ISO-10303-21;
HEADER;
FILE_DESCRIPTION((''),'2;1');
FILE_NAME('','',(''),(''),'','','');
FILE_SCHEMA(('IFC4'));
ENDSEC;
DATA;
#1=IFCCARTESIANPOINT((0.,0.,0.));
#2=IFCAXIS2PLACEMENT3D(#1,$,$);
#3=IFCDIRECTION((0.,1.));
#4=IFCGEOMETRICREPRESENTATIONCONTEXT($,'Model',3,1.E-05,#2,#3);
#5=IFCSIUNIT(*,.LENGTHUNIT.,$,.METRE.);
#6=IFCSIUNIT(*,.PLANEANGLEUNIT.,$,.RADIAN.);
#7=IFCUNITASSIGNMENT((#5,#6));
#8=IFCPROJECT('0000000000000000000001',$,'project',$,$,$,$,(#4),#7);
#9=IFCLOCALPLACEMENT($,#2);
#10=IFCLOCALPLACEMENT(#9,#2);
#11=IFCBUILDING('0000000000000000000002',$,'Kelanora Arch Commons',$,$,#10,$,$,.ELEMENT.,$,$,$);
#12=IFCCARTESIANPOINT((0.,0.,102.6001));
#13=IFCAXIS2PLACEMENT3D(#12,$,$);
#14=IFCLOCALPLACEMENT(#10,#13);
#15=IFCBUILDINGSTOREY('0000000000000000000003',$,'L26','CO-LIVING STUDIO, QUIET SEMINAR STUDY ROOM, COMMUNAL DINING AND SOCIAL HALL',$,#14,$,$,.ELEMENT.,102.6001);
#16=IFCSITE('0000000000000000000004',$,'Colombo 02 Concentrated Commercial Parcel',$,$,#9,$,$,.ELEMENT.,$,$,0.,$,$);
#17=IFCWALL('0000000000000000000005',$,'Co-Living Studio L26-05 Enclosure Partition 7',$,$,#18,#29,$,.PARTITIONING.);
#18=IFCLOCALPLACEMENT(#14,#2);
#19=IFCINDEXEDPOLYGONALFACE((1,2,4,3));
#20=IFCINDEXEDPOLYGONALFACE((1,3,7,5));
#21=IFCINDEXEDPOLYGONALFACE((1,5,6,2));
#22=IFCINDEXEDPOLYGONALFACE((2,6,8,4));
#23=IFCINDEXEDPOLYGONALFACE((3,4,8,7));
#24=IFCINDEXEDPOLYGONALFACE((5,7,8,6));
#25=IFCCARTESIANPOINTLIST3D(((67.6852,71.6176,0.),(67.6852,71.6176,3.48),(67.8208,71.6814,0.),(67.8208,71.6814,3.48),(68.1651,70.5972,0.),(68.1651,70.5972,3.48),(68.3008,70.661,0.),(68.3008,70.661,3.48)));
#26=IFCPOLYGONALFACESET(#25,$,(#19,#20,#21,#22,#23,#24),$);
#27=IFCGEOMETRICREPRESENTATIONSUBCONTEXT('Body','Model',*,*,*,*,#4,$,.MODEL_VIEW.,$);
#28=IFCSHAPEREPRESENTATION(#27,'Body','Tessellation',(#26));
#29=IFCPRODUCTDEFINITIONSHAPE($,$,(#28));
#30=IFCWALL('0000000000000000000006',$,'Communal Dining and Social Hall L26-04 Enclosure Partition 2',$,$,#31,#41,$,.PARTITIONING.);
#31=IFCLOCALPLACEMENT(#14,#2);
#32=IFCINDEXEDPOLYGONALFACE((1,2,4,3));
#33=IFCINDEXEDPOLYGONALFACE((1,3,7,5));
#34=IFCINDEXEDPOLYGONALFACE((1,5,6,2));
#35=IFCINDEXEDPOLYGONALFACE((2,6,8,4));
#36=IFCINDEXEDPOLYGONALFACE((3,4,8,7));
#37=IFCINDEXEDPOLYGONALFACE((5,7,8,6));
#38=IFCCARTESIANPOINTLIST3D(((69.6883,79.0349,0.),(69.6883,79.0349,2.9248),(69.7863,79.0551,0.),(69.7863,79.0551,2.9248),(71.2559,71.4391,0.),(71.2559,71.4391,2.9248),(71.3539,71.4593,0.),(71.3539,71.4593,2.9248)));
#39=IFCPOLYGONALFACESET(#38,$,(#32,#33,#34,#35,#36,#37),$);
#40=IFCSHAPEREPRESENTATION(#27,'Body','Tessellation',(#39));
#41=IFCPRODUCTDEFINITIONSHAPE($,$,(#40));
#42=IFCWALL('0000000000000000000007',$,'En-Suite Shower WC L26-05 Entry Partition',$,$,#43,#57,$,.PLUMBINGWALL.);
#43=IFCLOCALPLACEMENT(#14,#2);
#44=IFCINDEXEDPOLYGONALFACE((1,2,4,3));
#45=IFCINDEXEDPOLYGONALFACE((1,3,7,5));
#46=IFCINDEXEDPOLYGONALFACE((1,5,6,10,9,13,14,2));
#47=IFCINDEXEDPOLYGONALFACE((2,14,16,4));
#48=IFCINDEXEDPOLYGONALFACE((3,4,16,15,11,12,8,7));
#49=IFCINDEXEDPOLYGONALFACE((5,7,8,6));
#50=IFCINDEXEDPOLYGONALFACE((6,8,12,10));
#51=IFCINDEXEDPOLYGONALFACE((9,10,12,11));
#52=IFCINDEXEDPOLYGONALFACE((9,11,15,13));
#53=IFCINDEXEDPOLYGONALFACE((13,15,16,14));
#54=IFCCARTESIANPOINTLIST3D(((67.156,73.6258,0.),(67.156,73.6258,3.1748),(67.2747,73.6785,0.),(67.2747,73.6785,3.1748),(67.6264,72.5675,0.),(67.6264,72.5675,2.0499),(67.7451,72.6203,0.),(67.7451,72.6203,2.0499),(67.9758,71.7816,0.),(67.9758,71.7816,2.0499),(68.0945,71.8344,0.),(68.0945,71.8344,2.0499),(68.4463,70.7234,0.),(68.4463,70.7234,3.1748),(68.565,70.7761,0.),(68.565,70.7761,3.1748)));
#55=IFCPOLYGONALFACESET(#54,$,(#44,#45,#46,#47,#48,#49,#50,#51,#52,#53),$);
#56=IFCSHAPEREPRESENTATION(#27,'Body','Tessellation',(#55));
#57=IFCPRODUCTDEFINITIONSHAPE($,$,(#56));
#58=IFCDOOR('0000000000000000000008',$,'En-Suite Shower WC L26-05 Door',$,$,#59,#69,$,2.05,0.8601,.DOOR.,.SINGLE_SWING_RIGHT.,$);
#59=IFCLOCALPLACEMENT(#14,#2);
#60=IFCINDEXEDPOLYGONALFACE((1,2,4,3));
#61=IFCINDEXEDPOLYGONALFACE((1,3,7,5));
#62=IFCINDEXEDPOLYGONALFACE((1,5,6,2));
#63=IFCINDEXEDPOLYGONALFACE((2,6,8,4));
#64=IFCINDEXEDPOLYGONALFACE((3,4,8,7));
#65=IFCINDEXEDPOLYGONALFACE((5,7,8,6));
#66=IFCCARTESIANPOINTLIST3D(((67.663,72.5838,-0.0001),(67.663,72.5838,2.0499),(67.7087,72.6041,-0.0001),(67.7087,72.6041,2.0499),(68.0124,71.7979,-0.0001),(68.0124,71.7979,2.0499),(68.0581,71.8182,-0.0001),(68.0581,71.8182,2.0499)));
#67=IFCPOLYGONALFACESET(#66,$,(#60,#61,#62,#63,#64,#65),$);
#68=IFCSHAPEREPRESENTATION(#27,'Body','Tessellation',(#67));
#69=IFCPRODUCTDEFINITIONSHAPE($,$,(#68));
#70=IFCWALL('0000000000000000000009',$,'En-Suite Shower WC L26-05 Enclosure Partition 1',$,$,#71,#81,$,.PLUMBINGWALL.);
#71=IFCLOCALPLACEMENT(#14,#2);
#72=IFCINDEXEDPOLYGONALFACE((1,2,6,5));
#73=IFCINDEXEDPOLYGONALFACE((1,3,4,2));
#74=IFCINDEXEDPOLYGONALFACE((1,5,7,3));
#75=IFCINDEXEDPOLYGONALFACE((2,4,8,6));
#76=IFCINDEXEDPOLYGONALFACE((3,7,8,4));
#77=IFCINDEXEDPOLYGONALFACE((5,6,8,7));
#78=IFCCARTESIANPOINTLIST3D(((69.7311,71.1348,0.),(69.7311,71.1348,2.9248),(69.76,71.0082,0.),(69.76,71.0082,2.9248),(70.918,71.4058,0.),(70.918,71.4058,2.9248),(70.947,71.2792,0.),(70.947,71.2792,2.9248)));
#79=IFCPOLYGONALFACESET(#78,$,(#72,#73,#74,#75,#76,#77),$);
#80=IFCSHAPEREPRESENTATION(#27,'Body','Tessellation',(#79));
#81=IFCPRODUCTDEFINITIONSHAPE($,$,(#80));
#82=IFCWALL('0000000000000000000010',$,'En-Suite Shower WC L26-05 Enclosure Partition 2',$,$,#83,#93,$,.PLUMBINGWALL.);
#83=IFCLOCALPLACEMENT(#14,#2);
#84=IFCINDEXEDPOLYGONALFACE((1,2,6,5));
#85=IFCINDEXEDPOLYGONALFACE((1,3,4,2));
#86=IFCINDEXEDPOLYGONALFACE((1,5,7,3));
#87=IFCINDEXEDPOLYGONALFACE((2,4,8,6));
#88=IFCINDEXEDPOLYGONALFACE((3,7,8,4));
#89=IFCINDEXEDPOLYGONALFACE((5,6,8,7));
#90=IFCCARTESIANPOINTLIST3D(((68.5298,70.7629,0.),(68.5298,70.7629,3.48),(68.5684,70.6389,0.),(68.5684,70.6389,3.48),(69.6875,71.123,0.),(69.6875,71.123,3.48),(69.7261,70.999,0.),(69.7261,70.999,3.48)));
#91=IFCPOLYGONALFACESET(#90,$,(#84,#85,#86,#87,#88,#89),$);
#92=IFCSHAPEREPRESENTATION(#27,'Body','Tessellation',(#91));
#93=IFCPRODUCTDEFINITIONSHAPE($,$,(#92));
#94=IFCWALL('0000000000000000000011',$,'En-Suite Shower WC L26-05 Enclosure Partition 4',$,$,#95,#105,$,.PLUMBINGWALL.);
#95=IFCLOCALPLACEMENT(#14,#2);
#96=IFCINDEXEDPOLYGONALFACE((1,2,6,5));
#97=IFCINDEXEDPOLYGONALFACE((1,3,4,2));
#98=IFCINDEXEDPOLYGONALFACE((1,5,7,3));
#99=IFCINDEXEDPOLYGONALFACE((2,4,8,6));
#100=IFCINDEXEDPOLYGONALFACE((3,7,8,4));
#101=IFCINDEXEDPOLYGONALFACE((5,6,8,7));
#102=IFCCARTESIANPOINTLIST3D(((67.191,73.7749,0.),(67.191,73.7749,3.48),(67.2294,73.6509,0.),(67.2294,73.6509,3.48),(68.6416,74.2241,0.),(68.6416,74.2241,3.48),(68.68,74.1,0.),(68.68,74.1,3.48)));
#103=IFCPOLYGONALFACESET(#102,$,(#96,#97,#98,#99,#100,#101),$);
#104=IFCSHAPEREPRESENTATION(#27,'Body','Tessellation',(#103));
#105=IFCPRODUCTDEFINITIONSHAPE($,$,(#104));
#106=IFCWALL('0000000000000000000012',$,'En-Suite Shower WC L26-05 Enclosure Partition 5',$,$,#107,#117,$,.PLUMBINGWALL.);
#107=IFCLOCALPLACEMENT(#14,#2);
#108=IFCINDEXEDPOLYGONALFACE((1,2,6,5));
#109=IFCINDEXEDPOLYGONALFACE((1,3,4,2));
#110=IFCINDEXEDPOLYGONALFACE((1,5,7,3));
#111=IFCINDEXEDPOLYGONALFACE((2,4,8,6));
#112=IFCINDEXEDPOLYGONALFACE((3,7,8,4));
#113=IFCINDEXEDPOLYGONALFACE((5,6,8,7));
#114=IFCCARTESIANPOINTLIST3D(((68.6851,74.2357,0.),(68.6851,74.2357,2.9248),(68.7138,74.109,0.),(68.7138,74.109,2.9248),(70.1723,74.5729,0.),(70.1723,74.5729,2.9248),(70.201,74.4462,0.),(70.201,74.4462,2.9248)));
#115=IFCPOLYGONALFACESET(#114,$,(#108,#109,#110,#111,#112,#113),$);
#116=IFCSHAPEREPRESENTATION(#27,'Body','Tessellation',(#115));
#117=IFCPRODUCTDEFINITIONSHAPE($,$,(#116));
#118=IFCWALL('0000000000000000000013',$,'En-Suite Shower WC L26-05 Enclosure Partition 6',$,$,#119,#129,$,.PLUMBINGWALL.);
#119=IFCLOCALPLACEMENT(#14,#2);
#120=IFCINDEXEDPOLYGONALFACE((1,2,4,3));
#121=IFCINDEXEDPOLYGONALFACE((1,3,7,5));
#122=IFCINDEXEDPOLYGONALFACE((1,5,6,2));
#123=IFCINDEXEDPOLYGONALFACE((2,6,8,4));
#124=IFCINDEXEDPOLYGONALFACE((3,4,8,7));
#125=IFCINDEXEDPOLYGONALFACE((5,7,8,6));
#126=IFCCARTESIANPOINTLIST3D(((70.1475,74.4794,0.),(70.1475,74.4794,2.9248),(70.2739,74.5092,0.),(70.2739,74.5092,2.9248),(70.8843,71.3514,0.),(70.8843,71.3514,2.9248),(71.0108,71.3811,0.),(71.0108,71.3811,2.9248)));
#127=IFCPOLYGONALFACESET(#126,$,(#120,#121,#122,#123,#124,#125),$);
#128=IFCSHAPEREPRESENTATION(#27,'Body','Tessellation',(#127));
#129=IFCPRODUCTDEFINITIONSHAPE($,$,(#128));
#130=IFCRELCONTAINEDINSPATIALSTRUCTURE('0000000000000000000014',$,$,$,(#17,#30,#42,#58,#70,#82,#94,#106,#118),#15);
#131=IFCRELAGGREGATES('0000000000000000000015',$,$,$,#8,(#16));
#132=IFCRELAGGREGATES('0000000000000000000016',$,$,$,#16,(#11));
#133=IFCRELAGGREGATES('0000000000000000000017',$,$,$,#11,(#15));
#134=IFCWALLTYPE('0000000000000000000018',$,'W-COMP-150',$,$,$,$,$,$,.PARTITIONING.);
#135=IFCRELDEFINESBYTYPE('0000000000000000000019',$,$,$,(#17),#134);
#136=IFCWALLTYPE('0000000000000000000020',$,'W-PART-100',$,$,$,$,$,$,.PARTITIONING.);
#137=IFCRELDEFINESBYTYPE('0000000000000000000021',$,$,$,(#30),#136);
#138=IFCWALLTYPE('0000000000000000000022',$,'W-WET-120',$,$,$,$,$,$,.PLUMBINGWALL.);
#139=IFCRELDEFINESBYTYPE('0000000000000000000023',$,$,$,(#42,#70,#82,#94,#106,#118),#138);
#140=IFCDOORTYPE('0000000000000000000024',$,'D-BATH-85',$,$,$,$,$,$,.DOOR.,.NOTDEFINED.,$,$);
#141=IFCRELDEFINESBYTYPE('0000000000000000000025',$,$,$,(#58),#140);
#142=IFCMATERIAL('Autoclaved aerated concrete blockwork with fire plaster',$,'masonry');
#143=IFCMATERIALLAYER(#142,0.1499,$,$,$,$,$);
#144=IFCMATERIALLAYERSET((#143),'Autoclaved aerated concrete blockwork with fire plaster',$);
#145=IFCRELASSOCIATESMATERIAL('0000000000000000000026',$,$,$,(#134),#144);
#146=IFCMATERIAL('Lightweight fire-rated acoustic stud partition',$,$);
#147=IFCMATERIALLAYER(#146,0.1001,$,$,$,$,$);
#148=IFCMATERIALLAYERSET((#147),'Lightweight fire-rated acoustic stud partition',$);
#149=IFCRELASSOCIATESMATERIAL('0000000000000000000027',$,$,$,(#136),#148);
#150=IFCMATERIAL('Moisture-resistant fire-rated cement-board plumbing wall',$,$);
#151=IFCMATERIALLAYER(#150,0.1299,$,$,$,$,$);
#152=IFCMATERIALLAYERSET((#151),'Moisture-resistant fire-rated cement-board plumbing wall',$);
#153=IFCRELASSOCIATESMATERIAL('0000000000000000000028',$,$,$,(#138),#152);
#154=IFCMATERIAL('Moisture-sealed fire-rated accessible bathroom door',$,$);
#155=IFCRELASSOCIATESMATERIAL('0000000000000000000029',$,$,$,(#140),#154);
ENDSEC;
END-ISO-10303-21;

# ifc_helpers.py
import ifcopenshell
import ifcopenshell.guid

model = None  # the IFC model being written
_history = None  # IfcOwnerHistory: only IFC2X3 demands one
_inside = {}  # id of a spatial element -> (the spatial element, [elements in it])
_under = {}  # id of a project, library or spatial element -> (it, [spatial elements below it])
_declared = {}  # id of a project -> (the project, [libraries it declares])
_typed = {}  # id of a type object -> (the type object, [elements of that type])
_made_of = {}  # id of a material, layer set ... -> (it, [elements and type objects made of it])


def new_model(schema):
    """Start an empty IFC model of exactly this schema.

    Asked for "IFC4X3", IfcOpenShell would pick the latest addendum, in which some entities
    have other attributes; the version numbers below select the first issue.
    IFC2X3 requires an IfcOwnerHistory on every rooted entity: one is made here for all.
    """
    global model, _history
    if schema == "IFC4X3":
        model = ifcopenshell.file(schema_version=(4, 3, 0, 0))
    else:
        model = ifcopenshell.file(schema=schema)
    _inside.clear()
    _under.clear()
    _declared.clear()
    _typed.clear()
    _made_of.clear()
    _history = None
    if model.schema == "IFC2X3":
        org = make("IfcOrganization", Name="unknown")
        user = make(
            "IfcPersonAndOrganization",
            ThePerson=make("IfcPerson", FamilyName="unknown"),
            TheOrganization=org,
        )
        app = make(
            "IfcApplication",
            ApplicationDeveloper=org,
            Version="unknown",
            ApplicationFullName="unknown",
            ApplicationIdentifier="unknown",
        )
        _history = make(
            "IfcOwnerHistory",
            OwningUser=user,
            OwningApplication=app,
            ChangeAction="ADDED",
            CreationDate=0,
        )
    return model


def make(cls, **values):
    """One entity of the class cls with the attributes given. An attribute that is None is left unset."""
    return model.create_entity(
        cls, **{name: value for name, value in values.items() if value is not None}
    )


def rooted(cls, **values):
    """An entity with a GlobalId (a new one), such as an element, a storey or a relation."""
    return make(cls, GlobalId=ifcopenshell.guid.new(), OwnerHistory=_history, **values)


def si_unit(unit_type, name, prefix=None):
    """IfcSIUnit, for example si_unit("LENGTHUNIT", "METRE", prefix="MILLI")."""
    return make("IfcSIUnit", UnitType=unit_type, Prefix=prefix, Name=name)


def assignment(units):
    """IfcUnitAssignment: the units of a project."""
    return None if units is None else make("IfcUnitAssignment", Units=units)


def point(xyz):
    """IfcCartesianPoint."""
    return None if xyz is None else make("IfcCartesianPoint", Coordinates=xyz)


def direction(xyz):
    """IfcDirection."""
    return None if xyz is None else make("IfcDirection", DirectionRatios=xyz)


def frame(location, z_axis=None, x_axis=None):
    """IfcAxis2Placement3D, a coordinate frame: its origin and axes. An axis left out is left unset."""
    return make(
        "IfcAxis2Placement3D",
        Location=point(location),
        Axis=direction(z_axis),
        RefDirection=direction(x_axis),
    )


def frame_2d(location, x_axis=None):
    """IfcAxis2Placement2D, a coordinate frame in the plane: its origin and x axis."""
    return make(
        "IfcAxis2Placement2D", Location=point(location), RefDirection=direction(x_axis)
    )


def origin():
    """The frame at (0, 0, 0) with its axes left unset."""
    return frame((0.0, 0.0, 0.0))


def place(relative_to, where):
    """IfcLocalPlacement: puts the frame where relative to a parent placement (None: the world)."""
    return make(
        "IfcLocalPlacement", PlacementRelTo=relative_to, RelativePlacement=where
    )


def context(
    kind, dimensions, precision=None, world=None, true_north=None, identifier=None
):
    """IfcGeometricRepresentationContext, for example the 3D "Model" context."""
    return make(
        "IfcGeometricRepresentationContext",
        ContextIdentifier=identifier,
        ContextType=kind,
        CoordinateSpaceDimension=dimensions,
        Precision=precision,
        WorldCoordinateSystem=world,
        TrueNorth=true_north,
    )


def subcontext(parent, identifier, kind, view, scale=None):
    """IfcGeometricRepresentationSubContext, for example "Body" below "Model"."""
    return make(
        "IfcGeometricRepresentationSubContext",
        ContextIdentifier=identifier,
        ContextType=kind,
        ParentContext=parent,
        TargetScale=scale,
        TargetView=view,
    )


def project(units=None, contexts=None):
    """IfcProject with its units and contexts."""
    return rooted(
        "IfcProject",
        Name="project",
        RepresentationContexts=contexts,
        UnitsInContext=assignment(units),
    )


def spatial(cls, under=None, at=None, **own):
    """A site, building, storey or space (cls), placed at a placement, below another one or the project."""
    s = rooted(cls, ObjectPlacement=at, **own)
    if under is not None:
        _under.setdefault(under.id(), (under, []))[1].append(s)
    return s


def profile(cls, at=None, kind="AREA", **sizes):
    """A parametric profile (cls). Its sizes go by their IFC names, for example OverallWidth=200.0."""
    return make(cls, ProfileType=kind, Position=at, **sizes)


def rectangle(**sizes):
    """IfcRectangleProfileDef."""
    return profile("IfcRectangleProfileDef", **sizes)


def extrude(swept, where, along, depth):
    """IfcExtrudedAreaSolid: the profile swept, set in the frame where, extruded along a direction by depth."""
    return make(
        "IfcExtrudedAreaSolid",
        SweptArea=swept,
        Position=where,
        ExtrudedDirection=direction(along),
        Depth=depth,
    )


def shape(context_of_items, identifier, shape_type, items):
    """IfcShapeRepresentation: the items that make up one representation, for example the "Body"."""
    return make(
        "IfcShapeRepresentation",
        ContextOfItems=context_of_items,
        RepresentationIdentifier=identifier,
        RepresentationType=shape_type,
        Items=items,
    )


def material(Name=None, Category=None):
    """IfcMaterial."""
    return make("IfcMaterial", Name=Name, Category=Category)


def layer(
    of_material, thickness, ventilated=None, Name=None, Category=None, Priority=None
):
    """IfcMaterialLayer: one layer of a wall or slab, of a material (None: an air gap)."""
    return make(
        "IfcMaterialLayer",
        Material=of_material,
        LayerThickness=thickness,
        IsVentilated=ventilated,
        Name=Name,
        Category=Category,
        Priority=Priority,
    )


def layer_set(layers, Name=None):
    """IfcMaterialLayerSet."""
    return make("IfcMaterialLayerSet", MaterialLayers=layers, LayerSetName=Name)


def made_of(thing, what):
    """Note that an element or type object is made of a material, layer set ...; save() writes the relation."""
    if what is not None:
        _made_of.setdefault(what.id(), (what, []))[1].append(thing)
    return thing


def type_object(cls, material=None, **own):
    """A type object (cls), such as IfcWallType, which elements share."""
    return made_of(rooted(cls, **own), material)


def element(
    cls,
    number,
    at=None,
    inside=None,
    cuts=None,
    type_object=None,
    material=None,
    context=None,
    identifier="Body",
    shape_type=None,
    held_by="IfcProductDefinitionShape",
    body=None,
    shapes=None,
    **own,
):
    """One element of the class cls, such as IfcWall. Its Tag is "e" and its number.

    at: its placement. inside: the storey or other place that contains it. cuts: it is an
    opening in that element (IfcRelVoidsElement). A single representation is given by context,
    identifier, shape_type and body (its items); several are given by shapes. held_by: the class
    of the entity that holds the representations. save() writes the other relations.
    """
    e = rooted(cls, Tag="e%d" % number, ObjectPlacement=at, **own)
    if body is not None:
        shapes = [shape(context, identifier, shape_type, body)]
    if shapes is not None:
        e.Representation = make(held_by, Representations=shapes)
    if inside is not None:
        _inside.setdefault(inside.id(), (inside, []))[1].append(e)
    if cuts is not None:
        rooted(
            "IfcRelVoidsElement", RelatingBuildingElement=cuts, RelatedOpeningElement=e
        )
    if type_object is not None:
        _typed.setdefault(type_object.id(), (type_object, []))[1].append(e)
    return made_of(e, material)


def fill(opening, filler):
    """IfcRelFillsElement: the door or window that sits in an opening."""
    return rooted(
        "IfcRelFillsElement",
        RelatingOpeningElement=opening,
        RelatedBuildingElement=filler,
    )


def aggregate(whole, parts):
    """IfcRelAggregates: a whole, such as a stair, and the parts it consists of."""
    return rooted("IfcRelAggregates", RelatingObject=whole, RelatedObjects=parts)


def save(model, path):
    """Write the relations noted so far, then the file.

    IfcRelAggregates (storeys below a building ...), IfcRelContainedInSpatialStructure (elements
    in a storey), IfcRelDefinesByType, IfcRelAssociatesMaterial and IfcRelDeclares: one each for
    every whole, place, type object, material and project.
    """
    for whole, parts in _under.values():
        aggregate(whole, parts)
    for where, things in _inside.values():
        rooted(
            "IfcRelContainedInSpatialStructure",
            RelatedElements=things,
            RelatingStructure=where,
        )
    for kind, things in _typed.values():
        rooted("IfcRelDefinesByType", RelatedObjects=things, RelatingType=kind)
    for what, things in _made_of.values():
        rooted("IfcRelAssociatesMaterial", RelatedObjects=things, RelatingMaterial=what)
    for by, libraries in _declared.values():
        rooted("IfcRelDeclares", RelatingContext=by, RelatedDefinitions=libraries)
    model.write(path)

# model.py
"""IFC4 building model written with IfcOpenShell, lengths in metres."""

from ifc_helpers import new_model, si_unit, direction, frame, frame_2d, origin, place, context, subcontext, project, spatial, rectangle, extrude, material, layer, layer_set, type_object, element, fill, save


model = new_model("IFC4")

# Units and contexts
model_context = context("Model", 3, precision=1e-05, world=origin(), true_north=direction((0.0, 1.0)))
body_context = subcontext(model_context, "Body", "Model", "MODEL_VIEW")
ifc_project = project(units=[si_unit("LENGTHUNIT", "METRE"), si_unit("PLANEANGLEUNIT", "RADIAN")], contexts=[model_context])

# Site, building, storey
site_placement = place(None, origin())
site = spatial("IfcSite", under=ifc_project, at=site_placement, Name="Colombo 02 Concentrated Commercial Parcel", CompositionType="ELEMENT", RefElevation=0.0)
building_placement = place(site_placement, origin())
building = spatial("IfcBuilding", under=site, at=building_placement, Name="Kelanora Arch Commons", CompositionType="ELEMENT")
storey_placement = place(building_placement, frame((0.0, 0.0, 102.6001)))
storey = spatial("IfcBuildingStorey", under=building, at=storey_placement, Name="L26", Description="CO-LIVING STUDIO, QUIET SEMINAR STUDY ROOM, COMMUNAL DINING AND SOCIAL HALL", CompositionType="ELEMENT", Elevation=102.6001)

# Walls
ifc_material_1 = material(Name="Autoclaved aerated concrete blockwork with fire plaster", Category="masonry")
ifc_layer_1 = layer(ifc_material_1, 0.1499)
ifc_layer_set_1 = layer_set([ifc_layer_1], Name="Autoclaved aerated concrete blockwork with fire plaster")
wall_type_1 = type_object("IfcWallType", Name="W-COMP-150", PredefinedType="PARTITIONING", material=ifc_layer_set_1)
wall_1_placement = place(storey_placement, frame((67.7529, 71.6497, 0.0), z_axis=(0.0, 0.0, 1.0), x_axis=(0.425609, -0.904907, 0.0)))
element("IfcWall", 1, at=wall_1_placement, inside=storey, type_object=wall_type_1, Name="Co-Living Studio L26-05 Enclosure Partition 7", PredefinedType="PARTITIONING", context=body_context, shape_type="SweptSolid", body=[
    extrude(rectangle(XDim=1.1277, YDim=0.1499, at=frame_2d((0.564, 0.0))), origin(), (0.0, 0.0, 1.0), 3.48),
])
ifc_material_2 = material(Name="Lightweight fire-rated acoustic stud partition")
ifc_layer_2 = layer(ifc_material_2, 0.1001)
ifc_layer_set_2 = layer_set([ifc_layer_2], Name="Lightweight fire-rated acoustic stud partition")
wall_type_2 = type_object("IfcWallType", Name="W-PART-100", PredefinedType="PARTITIONING", material=ifc_layer_set_2)
wall_2_placement = place(storey_placement, frame((71.3049, 71.4492, 0.0), z_axis=(0.0, 0.0, 1.0), x_axis=(-0.202124, 0.97936, 0.0)))
element("IfcWall", 2, at=wall_2_placement, inside=storey, type_object=wall_type_2, Name="Communal Dining and Social Hall L26-04 Enclosure Partition 2", PredefinedType="PARTITIONING", context=body_context, shape_type="SweptSolid", body=[
    extrude(rectangle(XDim=7.7559, YDim=0.1001, at=frame_2d((3.8779, 0.0))), origin(), (0.0, 0.0, 1.0), 2.9248),
])

# Wall, opening, door
ifc_material_3 = material(Name="Moisture-resistant fire-rated cement-board plumbing wall")
ifc_layer_3 = layer(ifc_material_3, 0.1299)
ifc_layer_set_3 = layer_set([ifc_layer_3], Name="Moisture-resistant fire-rated cement-board plumbing wall")
wall_type_3 = type_object("IfcWallType", Name="W-WET-120", PredefinedType="PLUMBINGWALL", material=ifc_layer_set_3)
wall_3_placement = place(storey_placement, frame((68.5056, 70.7498, 0.0), z_axis=(0.0, 0.0, 1.0), x_axis=(-0.406231, 0.91377, 0.0)))
wall_3 = element("IfcWall", 3, at=wall_3_placement, inside=storey, type_object=wall_type_3, Name="En-Suite Shower WC L26-05 Entry Partition", PredefinedType="PLUMBINGWALL", context=body_context, shape_type="SweptSolid", body=[
    extrude(rectangle(XDim=3.1763, YDim=0.1299, at=frame_2d((1.5881, 0.0))), origin(), (0.0, 0.0, 1.0), 3.1748),
])
opening_placement = place(wall_3_placement, frame((1.158, 0.0, 0.0)))
opening = element("IfcOpeningElement", 4, at=opening_placement, cuts=wall_3, PredefinedType="OPENING", context=body_context, shape_type="SweptSolid", body=[
    extrude(rectangle(XDim=0.8601, YDim=2.05, at=frame_2d((0.4302, 1.0249))), frame((0.0, 0.075, 0.0), z_axis=(0.0, -1.0, 0.0), x_axis=(1.0, 0.0, 0.0)), (0.0, 0.0, 1.0), 0.1499),
])
ifc_material_4 = material(Name="Moisture-sealed fire-rated accessible bathroom door")
door_type = type_object("IfcDoorType", Name="D-BATH-85", OperationType="NOTDEFINED", PredefinedType="DOOR", material=ifc_material_4)
door_placement = place(opening_placement, origin())
door = element("IfcDoor", 5, at=door_placement, inside=storey, type_object=door_type, Name="En-Suite Shower WC L26-05 Door", OperationType="SINGLE_SWING_RIGHT", OverallHeight=2.05, OverallWidth=0.8601, PredefinedType="DOOR", context=body_context, shape_type="SweptSolid", body=[
    extrude(rectangle(XDim=0.8601, YDim=2.05, at=frame_2d((0.4302, 1.0249))), frame((0.0, 0.0249, 0.0), z_axis=(0.0, -1.0, 0.0), x_axis=(1.0, 0.0, 0.0)), (0.0, 0.0, 1.0), 0.05),
])
fill(opening, door)

# Walls
wall_4_placement = place(storey_placement, frame((70.9326, 71.3425, 0.0), z_axis=(0.0, 0.0, 1.0), x_axis=(-0.974916, -0.222574, 0.0)))
element("IfcWall", 6, at=wall_4_placement, inside=storey, type_object=wall_type_3, Name="En-Suite Shower WC L26-05 Enclosure Partition 1", PredefinedType="PLUMBINGWALL", context=body_context, shape_type="SweptSolid", body=[
    extrude(rectangle(XDim=1.2175, YDim=0.1299, at=frame_2d((0.6089, 0.0))), origin(), (0.0, 0.0, 1.0), 2.9248),
])
wall_5_placement = place(storey_placement, frame((69.7068, 71.061, 0.0), z_axis=(0.0, 0.0, 1.0), x_axis=(-0.954873, -0.297014, 0.0)))
element("IfcWall", 7, at=wall_5_placement, inside=storey, type_object=wall_type_3, Name="En-Suite Shower WC L26-05 Enclosure Partition 2", PredefinedType="PLUMBINGWALL", context=body_context, shape_type="SweptSolid", body=[
    extrude(rectangle(XDim=1.2124, YDim=0.1299, at=frame_2d((0.6062, 0.0))), origin(), (0.0, 0.0, 1.0), 3.48),
])
wall_6_placement = place(storey_placement, frame((67.2102, 73.7129, 0.0), z_axis=(0.0, 0.0, 1.0), x_axis=(0.955249, 0.295802, 0.0)))
element("IfcWall", 8, at=wall_6_placement, inside=storey, type_object=wall_type_3, Name="En-Suite Shower WC L26-05 Enclosure Partition 4", PredefinedType="PLUMBINGWALL", context=body_context, shape_type="SweptSolid", body=[
    extrude(rectangle(XDim=1.5186, YDim=0.1299, at=frame_2d((0.7593, 0.0))), origin(), (0.0, 0.0, 1.0), 3.48),
])
wall_7_placement = place(storey_placement, frame((68.6995, 74.1724, 0.0), z_axis=(0.0, 0.0, 1.0), x_axis=(0.975248, 0.221116, 0.0)))
element("IfcWall", 9, at=wall_7_placement, inside=storey, type_object=wall_type_3, Name="En-Suite Shower WC L26-05 Enclosure Partition 5", PredefinedType="PLUMBINGWALL", context=body_context, shape_type="SweptSolid", body=[
    extrude(rectangle(XDim=1.5249, YDim=0.1299, at=frame_2d((0.7625, 0.0))), origin(), (0.0, 0.0, 1.0), 2.9248),
])
wall_8_placement = place(storey_placement, frame((70.2107, 74.4944, 0.0), z_axis=(0.0, 0.0, 1.0), x_axis=(0.229285, -0.973359, 0.0)))
element("IfcWall", 10, at=wall_8_placement, inside=storey, type_object=wall_type_3, Name="En-Suite Shower WC L26-05 Enclosure Partition 6", PredefinedType="PLUMBINGWALL", context=body_context, shape_type="SweptSolid", body=[
    extrude(rectangle(XDim=3.2136, YDim=0.1299, at=frame_2d((1.6069, 0.0))), origin(), (0.0, 0.0, 1.0), 2.9248),
])

save(model, "model.ifc")
